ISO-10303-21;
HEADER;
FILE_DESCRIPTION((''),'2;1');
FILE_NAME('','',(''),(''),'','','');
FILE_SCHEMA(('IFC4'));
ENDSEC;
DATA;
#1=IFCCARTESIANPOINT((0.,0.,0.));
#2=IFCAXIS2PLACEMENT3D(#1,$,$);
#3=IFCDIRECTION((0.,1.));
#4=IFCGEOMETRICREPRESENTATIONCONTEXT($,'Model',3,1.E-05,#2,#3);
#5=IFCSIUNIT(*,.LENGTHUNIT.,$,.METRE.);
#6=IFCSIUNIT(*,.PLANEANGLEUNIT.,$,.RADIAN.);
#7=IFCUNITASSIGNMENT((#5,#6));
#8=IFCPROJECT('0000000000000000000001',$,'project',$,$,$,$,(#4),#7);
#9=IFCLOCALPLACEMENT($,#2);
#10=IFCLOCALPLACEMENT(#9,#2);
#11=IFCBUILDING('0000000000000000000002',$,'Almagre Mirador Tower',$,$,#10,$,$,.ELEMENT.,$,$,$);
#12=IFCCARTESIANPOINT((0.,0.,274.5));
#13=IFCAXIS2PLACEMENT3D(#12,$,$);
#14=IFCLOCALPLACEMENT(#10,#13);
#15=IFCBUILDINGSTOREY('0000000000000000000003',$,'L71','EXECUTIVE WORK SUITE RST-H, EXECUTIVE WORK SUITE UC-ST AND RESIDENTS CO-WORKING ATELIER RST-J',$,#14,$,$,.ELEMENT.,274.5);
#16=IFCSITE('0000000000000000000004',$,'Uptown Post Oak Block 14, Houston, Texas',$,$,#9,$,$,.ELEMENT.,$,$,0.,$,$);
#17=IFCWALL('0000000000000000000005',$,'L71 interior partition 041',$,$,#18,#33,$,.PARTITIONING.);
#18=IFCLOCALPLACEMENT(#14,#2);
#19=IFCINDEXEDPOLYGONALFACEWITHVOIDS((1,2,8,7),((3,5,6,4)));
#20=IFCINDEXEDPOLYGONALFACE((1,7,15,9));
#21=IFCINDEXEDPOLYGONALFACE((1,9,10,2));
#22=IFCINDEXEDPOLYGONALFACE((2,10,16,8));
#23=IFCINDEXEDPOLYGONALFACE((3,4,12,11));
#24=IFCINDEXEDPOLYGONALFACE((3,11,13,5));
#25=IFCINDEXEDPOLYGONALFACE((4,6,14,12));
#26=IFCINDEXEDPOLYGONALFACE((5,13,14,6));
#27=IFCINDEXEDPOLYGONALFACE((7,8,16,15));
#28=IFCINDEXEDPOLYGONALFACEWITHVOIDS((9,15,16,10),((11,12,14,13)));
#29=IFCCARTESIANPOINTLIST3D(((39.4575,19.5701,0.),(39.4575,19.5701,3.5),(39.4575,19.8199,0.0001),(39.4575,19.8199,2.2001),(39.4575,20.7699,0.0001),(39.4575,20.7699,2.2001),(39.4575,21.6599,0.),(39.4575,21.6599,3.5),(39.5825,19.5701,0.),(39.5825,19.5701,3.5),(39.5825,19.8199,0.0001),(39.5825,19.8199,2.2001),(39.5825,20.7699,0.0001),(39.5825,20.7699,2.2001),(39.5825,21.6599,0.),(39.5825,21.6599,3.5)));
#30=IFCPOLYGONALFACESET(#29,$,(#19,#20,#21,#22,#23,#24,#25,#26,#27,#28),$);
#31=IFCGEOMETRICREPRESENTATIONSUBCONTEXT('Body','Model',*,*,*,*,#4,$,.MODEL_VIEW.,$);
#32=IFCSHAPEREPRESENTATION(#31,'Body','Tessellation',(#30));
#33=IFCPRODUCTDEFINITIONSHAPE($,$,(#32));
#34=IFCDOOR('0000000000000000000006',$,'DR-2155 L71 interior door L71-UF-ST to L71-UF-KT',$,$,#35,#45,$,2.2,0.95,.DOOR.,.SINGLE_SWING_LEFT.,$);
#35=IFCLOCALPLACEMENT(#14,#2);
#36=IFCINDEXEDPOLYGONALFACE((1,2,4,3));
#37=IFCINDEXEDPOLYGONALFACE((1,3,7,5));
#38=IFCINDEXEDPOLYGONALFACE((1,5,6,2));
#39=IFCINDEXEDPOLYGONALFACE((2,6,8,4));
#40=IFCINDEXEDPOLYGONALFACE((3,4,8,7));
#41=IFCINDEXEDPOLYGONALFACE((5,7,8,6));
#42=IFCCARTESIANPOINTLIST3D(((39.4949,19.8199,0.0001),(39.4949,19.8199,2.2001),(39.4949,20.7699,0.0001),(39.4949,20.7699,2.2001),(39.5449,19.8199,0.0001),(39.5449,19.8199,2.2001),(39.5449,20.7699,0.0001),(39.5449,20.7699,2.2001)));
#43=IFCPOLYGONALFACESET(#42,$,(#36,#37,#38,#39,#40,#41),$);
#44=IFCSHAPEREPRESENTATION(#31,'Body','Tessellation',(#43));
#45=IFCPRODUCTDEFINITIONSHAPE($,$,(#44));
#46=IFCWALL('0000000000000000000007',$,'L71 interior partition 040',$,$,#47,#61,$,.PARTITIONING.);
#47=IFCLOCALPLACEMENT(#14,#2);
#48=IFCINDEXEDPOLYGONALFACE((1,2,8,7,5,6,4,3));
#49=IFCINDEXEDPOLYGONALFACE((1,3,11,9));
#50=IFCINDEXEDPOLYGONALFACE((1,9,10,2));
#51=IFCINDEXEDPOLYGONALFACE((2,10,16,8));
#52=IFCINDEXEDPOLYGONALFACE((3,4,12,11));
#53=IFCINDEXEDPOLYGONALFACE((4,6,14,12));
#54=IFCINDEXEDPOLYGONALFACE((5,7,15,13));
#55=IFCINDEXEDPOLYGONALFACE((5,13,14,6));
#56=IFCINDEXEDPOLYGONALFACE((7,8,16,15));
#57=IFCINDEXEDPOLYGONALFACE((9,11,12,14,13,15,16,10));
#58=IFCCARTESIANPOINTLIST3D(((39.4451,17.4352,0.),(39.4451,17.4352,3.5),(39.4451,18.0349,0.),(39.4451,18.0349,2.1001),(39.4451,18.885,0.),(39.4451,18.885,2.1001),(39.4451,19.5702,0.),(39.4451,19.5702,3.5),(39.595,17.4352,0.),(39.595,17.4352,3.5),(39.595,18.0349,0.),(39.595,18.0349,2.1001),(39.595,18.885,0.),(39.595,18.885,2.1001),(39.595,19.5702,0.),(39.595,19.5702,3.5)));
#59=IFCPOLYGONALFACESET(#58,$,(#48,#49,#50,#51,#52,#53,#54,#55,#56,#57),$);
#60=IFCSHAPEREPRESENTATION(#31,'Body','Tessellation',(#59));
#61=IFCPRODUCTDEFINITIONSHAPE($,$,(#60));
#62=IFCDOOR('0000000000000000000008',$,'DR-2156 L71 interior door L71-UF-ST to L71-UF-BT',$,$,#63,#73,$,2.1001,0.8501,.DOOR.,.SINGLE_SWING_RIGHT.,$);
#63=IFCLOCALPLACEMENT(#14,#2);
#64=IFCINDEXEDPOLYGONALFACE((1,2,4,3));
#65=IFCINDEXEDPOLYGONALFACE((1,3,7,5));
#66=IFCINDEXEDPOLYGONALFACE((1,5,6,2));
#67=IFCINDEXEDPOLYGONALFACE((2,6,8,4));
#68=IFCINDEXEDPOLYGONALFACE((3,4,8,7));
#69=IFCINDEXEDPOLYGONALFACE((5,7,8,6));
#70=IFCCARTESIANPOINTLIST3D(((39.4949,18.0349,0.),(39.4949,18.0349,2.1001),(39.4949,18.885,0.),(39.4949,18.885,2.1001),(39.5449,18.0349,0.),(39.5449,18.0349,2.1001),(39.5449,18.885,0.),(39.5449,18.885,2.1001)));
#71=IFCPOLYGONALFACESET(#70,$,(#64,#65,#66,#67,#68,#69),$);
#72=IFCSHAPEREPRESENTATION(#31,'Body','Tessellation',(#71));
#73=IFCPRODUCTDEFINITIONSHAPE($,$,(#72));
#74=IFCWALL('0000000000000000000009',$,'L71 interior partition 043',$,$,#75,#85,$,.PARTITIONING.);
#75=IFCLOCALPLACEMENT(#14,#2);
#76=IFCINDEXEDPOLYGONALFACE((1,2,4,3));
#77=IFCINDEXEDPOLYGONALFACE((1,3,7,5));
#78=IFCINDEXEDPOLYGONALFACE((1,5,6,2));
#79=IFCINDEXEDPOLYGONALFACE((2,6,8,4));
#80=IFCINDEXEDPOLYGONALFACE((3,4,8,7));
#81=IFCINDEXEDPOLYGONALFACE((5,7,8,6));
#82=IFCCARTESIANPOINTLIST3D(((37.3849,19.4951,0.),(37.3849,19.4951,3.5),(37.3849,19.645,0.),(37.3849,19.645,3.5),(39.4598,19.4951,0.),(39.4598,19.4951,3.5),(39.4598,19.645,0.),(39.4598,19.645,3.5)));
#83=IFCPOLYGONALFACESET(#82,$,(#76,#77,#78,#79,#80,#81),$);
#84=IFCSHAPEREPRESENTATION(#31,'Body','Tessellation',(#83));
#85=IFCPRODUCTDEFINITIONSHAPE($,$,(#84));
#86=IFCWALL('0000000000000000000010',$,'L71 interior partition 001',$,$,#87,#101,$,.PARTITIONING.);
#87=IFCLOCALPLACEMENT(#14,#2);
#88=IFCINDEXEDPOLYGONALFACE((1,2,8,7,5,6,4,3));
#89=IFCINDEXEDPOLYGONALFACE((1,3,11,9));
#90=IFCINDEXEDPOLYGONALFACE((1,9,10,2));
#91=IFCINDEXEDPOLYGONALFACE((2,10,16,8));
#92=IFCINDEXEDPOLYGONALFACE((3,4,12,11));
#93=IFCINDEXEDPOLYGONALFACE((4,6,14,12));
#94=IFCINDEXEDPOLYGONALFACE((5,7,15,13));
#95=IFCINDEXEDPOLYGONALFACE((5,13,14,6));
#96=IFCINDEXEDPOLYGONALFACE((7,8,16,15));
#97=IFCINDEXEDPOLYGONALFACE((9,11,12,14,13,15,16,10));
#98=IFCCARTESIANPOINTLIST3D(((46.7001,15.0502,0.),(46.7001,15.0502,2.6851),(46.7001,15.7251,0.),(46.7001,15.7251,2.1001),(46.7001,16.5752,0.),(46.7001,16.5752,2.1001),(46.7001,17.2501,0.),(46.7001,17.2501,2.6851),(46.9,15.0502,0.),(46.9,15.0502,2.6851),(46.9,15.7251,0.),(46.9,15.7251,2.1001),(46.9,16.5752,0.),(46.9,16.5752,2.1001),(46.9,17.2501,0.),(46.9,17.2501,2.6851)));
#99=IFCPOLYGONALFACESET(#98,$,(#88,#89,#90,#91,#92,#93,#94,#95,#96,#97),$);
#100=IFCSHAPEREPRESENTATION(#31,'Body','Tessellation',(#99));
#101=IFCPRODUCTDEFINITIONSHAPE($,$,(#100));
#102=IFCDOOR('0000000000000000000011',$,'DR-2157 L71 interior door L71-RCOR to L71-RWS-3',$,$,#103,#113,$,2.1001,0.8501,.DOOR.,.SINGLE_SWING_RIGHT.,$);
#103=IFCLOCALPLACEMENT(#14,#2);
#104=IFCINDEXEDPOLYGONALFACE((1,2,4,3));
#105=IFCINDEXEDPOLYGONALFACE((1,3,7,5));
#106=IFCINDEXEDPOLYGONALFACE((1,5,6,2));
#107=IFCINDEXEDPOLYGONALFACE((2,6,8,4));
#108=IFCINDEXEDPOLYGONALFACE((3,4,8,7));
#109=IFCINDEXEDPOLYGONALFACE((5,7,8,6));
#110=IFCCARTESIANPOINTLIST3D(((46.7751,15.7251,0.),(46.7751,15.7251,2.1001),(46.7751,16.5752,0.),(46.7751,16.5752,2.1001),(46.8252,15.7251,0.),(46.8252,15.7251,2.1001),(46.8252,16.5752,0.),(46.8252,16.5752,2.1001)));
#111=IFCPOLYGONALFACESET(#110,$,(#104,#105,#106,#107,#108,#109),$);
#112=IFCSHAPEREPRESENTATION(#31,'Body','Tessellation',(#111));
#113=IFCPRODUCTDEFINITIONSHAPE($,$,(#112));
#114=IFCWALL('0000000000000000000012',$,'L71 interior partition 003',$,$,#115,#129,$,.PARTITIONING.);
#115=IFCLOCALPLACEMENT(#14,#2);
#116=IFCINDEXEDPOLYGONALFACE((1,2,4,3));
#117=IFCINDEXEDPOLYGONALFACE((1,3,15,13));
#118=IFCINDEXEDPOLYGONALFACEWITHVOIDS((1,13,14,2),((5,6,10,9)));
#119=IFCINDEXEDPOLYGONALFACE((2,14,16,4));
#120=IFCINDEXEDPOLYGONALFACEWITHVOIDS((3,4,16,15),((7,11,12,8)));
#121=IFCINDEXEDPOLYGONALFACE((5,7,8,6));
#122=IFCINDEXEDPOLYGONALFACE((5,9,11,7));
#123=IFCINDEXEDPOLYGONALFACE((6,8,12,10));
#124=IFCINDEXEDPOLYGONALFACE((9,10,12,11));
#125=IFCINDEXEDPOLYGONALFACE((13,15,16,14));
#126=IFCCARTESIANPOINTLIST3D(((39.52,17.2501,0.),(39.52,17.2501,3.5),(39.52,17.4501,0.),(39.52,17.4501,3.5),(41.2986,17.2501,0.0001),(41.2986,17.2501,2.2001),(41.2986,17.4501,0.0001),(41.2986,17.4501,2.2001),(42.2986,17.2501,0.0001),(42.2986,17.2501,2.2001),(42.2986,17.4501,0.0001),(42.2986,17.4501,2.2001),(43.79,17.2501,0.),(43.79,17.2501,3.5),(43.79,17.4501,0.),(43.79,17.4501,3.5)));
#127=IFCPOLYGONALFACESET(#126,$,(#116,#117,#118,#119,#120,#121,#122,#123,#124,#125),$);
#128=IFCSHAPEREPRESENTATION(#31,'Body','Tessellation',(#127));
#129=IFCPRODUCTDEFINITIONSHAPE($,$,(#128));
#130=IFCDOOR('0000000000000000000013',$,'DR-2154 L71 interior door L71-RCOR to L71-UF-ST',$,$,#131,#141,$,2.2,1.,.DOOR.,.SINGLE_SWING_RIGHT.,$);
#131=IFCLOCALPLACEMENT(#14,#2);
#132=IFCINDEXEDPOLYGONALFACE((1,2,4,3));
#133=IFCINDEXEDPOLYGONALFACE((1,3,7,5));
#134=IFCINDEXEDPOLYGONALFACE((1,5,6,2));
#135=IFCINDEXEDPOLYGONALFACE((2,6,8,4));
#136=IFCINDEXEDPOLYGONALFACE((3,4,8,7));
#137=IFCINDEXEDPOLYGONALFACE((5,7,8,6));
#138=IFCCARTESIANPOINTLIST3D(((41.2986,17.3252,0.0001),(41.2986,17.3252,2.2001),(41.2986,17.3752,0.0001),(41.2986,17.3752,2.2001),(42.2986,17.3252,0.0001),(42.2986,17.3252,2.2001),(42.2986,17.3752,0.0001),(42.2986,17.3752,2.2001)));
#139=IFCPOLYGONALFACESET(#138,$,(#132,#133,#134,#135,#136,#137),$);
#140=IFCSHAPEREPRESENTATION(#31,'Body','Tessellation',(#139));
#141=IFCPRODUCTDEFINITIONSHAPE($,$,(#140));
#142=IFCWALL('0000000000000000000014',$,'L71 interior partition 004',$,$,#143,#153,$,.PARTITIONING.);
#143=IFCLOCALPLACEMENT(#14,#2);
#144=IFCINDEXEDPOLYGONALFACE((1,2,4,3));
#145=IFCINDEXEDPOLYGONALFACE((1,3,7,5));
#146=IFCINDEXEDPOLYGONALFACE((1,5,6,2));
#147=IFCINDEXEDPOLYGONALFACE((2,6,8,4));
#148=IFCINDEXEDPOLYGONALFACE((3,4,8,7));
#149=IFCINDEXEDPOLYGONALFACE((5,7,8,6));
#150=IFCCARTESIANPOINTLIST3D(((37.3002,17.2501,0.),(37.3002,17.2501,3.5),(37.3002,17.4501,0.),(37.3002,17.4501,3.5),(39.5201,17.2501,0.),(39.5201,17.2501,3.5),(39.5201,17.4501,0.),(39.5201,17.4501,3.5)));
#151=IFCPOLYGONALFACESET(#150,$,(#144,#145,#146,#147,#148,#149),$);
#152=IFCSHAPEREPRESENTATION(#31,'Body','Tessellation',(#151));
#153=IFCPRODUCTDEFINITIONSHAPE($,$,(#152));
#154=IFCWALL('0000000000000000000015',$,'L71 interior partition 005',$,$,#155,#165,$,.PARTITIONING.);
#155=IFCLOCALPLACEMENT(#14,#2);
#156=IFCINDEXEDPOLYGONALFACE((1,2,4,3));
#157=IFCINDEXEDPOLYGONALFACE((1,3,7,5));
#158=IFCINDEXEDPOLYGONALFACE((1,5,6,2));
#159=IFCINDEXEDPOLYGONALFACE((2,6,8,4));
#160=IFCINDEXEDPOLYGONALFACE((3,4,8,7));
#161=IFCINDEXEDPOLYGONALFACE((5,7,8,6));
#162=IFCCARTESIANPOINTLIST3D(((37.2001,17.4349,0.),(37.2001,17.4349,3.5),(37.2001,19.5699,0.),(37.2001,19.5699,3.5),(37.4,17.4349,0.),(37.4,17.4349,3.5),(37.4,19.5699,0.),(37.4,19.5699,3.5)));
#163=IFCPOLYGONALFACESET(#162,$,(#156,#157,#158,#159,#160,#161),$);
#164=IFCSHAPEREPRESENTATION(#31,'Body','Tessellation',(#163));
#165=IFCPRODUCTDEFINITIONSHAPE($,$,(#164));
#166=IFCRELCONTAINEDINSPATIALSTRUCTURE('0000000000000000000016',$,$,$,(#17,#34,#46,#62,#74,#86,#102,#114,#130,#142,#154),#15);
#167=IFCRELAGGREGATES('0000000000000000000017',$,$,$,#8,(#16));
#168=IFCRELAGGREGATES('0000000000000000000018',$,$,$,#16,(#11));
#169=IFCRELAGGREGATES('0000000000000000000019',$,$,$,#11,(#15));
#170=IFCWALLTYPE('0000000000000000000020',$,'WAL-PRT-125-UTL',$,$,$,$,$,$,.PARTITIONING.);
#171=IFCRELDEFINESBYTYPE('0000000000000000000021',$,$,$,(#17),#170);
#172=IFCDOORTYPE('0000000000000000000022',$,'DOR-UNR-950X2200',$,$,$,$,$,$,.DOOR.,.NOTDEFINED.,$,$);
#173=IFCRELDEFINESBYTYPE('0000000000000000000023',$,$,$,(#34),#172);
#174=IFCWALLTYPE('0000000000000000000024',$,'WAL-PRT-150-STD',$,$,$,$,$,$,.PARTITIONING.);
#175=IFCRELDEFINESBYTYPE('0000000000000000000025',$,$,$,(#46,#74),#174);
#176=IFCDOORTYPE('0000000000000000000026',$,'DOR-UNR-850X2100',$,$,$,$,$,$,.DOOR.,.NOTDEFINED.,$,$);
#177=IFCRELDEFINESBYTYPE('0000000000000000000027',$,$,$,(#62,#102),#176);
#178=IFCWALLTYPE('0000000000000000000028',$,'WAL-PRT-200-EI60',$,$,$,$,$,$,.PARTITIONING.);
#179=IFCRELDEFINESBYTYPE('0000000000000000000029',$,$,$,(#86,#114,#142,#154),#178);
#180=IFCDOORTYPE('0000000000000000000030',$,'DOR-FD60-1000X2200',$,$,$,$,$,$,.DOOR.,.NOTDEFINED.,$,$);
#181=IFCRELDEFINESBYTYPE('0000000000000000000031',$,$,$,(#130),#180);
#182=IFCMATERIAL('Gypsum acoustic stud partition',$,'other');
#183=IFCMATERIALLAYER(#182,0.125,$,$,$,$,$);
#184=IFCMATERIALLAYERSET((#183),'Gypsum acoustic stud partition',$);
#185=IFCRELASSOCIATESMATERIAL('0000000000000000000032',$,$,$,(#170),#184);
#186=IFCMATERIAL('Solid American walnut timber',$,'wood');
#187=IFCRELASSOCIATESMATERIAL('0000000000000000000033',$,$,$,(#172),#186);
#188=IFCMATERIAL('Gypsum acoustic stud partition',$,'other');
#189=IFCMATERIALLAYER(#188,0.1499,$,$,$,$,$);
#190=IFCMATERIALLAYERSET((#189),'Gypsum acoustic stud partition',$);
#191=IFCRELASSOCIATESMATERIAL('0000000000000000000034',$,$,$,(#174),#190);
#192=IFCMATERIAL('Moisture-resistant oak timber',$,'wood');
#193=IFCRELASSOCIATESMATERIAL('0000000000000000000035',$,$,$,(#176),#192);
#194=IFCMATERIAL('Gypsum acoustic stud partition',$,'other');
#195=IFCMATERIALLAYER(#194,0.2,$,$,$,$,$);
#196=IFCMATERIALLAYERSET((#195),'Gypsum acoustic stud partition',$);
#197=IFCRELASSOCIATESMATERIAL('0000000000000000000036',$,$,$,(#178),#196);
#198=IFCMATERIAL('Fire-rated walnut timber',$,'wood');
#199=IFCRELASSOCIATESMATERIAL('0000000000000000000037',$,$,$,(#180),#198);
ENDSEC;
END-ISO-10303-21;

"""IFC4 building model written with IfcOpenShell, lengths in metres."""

from ifc_helpers import new_model, si_unit, direction, frame, frame_2d, origin, place, context, subcontext, project, spatial, rectangle, extrude, material, layer, layer_set, type_object, element, fill, save


model = new_model("IFC4")

# Units and contexts
model_context = context("Model", 3, precision=1e-05, world=origin(), true_north=direction((0.0, 1.0)))
body_context = subcontext(model_context, "Body", "Model", "MODEL_VIEW")
ifc_project = project(units=[si_unit("LENGTHUNIT", "METRE"), si_unit("PLANEANGLEUNIT", "RADIAN")], contexts=[model_context])

# Site, building, storey
site_placement = place(None, origin())
site = spatial("IfcSite", under=ifc_project, at=site_placement, Name="Uptown Post Oak Block 14, Houston, Texas", CompositionType="ELEMENT", RefElevation=0.0)
building_placement = place(site_placement, origin())
building = spatial("IfcBuilding", under=site, at=building_placement, Name="Almagre Mirador Tower", CompositionType="ELEMENT")
storey_placement = place(building_placement, frame((0.0, 0.0, 274.5)))
storey = spatial("IfcBuildingStorey", under=building, at=storey_placement, Name="L71", Description="EXECUTIVE WORK SUITE RST-H, EXECUTIVE WORK SUITE UC-ST AND RESIDENTS CO-WORKING ATELIER RST-J", CompositionType="ELEMENT", Elevation=274.5)

# Walls, openings, doors
ifc_material_1 = material(Name="Gypsum acoustic stud partition", Category="other")
ifc_layer_1 = layer(ifc_material_1, 0.125)
ifc_layer_set_1 = layer_set([ifc_layer_1], Name="Gypsum acoustic stud partition")
wall_type_1 = type_object("IfcWallType", Name="WAL-PRT-125-UTL", PredefinedType="PARTITIONING", material=ifc_layer_set_1)
wall_1_placement = place(storey_placement, frame((39.52, 21.6599, 0.0), z_axis=(0.0, 0.0, 1.0), x_axis=(0.0, -1.0, 0.0)))
wall_1 = element("IfcWall", 1, at=wall_1_placement, inside=storey, type_object=wall_type_1, Name="L71 interior partition 041", PredefinedType="PARTITIONING", context=body_context, shape_type="SweptSolid", body=[
    extrude(rectangle(XDim=2.0898, YDim=0.125, at=frame_2d((1.0449, 0.0))), origin(), (0.0, 0.0, 1.0), 3.5),
])
opening_1_placement = place(wall_1_placement, frame((0.8899, 0.0, 0.0)))
opening_1 = element("IfcOpeningElement", 2, at=opening_1_placement, cuts=wall_1, PredefinedType="OPENING", context=body_context, shape_type="SweptSolid", body=[
    extrude(rectangle(XDim=0.95, YDim=2.2, at=frame_2d((0.4751, 1.1001))), frame((0.0, 0.0725, 0.0), z_axis=(0.0, -1.0, 0.0), x_axis=(1.0, 0.0, 0.0)), (0.0, 0.0, 1.0), 0.145),
])
ifc_material_2 = material(Name="Solid American walnut timber", Category="wood")
door_type_1 = type_object("IfcDoorType", Name="DOR-UNR-950X2200", OperationType="NOTDEFINED", PredefinedType="DOOR", material=ifc_material_2)
door_1_placement = place(opening_1_placement, origin())
door_1 = element("IfcDoor", 3, at=door_1_placement, inside=storey, type_object=door_type_1, Name="DR-2155 L71 interior door L71-UF-ST to L71-UF-KT", OperationType="SINGLE_SWING_LEFT", OverallHeight=2.2, OverallWidth=0.95, PredefinedType="DOOR", context=body_context, shape_type="SweptSolid", body=[
    extrude(rectangle(XDim=0.95, YDim=2.2, at=frame_2d((0.4751, 1.1001))), frame((0.0, 0.0249, 0.0), z_axis=(0.0, -1.0, 0.0), x_axis=(1.0, 0.0, 0.0)), (0.0, 0.0, 1.0), 0.05),
])
fill(opening_1, door_1)
ifc_material_3 = material(Name="Gypsum acoustic stud partition", Category="other")
ifc_layer_2 = layer(ifc_material_3, 0.1499)
ifc_layer_set_2 = layer_set([ifc_layer_2], Name="Gypsum acoustic stud partition")
wall_type_2 = type_object("IfcWallType", Name="WAL-PRT-150-STD", PredefinedType="PARTITIONING", material=ifc_layer_set_2)
wall_2_placement = place(storey_placement, frame((39.52, 19.5701, 0.0), z_axis=(0.0, 0.0, 1.0), x_axis=(0.0, -1.0, 0.0)))
wall_2 = element("IfcWall", 4, at=wall_2_placement, inside=storey, type_object=wall_type_2, Name="L71 interior partition 040", PredefinedType="PARTITIONING", context=body_context, shape_type="SweptSolid", body=[
    extrude(rectangle(XDim=2.135, YDim=0.1499, at=frame_2d((1.0674, 0.0))), origin(), (0.0, 0.0, 1.0), 3.5),
])
opening_2_placement = place(wall_2_placement, frame((0.6851, 0.0, 0.0)))
opening_2 = element("IfcOpeningElement", 5, at=opening_2_placement, cuts=wall_2, PredefinedType="OPENING", context=body_context, shape_type="SweptSolid", body=[
    extrude(rectangle(XDim=0.8501, YDim=2.1001, at=frame_2d((0.425, 1.05))), frame((0.0, 0.085, 0.0), z_axis=(0.0, -1.0, 0.0), x_axis=(1.0, 0.0, 0.0)), (0.0, 0.0, 1.0), 0.1699),
])
ifc_material_4 = material(Name="Moisture-resistant oak timber", Category="wood")
door_type_2 = type_object("IfcDoorType", Name="DOR-UNR-850X2100", OperationType="NOTDEFINED", PredefinedType="DOOR", material=ifc_material_4)
door_2_placement = place(opening_2_placement, origin())
door_2 = element("IfcDoor", 6, at=door_2_placement, inside=storey, type_object=door_type_2, Name="DR-2156 L71 interior door L71-UF-ST to L71-UF-BT", OperationType="SINGLE_SWING_RIGHT", OverallHeight=2.1001, OverallWidth=0.8501, PredefinedType="DOOR", context=body_context, shape_type="SweptSolid", body=[
    extrude(rectangle(XDim=0.8501, YDim=2.1001, at=frame_2d((0.425, 1.05))), frame((0.0, 0.0249, 0.0), z_axis=(0.0, -1.0, 0.0), x_axis=(1.0, 0.0, 0.0)), (0.0, 0.0, 1.0), 0.05),
])
fill(opening_2, door_2)

# Wall
wall_3_placement = place(storey_placement, frame((39.46, 19.5701, 0.0), z_axis=(0.0, 0.0, 1.0), x_axis=(-1.0, 0.0, 0.0)))
element("IfcWall", 7, at=wall_3_placement, inside=storey, type_object=wall_type_2, Name="L71 interior partition 043", PredefinedType="PARTITIONING", context=body_context, shape_type="SweptSolid", body=[
    extrude(rectangle(XDim=2.075, YDim=0.1499, at=frame_2d((1.0376, 0.0))), origin(), (0.0, 0.0, 1.0), 3.5),
])

# Walls, openings, doors
ifc_material_5 = material(Name="Gypsum acoustic stud partition", Category="other")
ifc_layer_3 = layer(ifc_material_5, 0.2)
ifc_layer_set_3 = layer_set([ifc_layer_3], Name="Gypsum acoustic stud partition")
wall_type_3 = type_object("IfcWallType", Name="WAL-PRT-200-EI60", PredefinedType="PARTITIONING", material=ifc_layer_set_3)
wall_4_placement = place(storey_placement, frame((46.8, 15.05, 0.0), z_axis=(0.0, 0.0, 1.0), x_axis=(0.0, 1.0, 0.0)))
wall_4 = element("IfcWall", 8, at=wall_4_placement, inside=storey, type_object=wall_type_3, Name="L71 interior partition 001", PredefinedType="PARTITIONING", context=body_context, shape_type="SweptSolid", body=[
    extrude(rectangle(XDim=2.2, YDim=0.2, at=frame_2d((1.1001, 0.0))), origin(), (0.0, 0.0, 1.0), 2.6851),
])
opening_3_placement = place(wall_4_placement, frame((0.675, 0.0, 0.0)))
opening_3 = element("IfcOpeningElement", 9, at=opening_3_placement, cuts=wall_4, PredefinedType="OPENING", context=body_context, shape_type="SweptSolid", body=[
    extrude(rectangle(XDim=0.8501, YDim=2.1001, at=frame_2d((0.425, 1.05))), frame((0.0, 0.1101, 0.0), z_axis=(0.0, -1.0, 0.0), x_axis=(1.0, 0.0, 0.0)), (0.0, 0.0, 1.0), 0.22),
])
door_3_placement = place(opening_3_placement, origin())
door_3 = element("IfcDoor", 10, at=door_3_placement, inside=storey, type_object=door_type_2, Name="DR-2157 L71 interior door L71-RCOR to L71-RWS-3", OperationType="SINGLE_SWING_RIGHT", OverallHeight=2.1001, OverallWidth=0.8501, PredefinedType="DOOR", context=body_context, shape_type="SweptSolid", body=[
    extrude(rectangle(XDim=0.8501, YDim=2.1001, at=frame_2d((0.425, 1.05))), frame((0.0, 0.0249, 0.0), z_axis=(0.0, -1.0, 0.0), x_axis=(1.0, 0.0, 0.0)), (0.0, 0.0, 1.0), 0.05),
])
fill(opening_3, door_3)
wall_5_placement = place(storey_placement, frame((43.79, 17.3501, 0.0), z_axis=(0.0, 0.0, 1.0), x_axis=(-1.0, 0.0, 0.0)))
wall_5 = element("IfcWall", 11, at=wall_5_placement, inside=storey, type_object=wall_type_3, Name="L71 interior partition 003", PredefinedType="PARTITIONING", context=body_context, shape_type="SweptSolid", body=[
    extrude(rectangle(XDim=4.27, YDim=0.2, at=frame_2d((2.135, 0.0))), origin(), (0.0, 0.0, 1.0), 3.5),
])
opening_4_placement = place(wall_5_placement, frame((1.4915, 0.0, 0.0)))
opening_4 = element("IfcOpeningElement", 12, at=opening_4_placement, cuts=wall_5, PredefinedType="OPENING", context=body_context, shape_type="SweptSolid", body=[
    extrude(rectangle(XDim=1.0, YDim=2.2, at=frame_2d((0.5, 1.1001))), frame((0.0, 0.1101, 0.0), z_axis=(0.0, -1.0, 0.0), x_axis=(1.0, 0.0, 0.0)), (0.0, 0.0, 1.0), 0.22),
])
ifc_material_6 = material(Name="Fire-rated walnut timber", Category="wood")
door_type_3 = type_object("IfcDoorType", Name="DOR-FD60-1000X2200", OperationType="NOTDEFINED", PredefinedType="DOOR", material=ifc_material_6)
door_4_placement = place(opening_4_placement, origin())
door_4 = element("IfcDoor", 13, at=door_4_placement, inside=storey, type_object=door_type_3, Name="DR-2154 L71 interior door L71-RCOR to L71-UF-ST", OperationType="SINGLE_SWING_RIGHT", OverallHeight=2.2, OverallWidth=1.0, PredefinedType="DOOR", context=body_context, shape_type="SweptSolid", body=[
    extrude(rectangle(XDim=1.0, YDim=2.2, at=frame_2d((0.5, 1.1001))), frame((0.0, 0.0249, 0.0), z_axis=(0.0, -1.0, 0.0), x_axis=(1.0, 0.0, 0.0)), (0.0, 0.0, 1.0), 0.05),
])
fill(opening_4, door_4)

# Walls
wall_6_placement = place(storey_placement, frame((39.52, 17.3501, 0.0), z_axis=(0.0, 0.0, 1.0), x_axis=(-1.0, 0.0, 0.0)))
element("IfcWall", 14, at=wall_6_placement, inside=storey, type_object=wall_type_3, Name="L71 interior partition 004", PredefinedType="PARTITIONING", context=body_context, shape_type="SweptSolid", body=[
    extrude(rectangle(XDim=2.22, YDim=0.2, at=frame_2d((1.1099, 0.0))), origin(), (0.0, 0.0, 1.0), 3.5),
])
wall_7_placement = place(storey_placement, frame((37.3, 17.4351, 0.0), z_axis=(0.0, 0.0, 1.0), x_axis=(0.0, 1.0, 0.0)))
element("IfcWall", 15, at=wall_7_placement, inside=storey, type_object=wall_type_3, Name="L71 interior partition 005", PredefinedType="PARTITIONING", context=body_context, shape_type="SweptSolid", body=[
    extrude(rectangle(XDim=2.135, YDim=0.2, at=frame_2d((1.0674, 0.0))), origin(), (0.0, 0.0, 1.0), 3.5),
])

save(model, "model.ifc")
